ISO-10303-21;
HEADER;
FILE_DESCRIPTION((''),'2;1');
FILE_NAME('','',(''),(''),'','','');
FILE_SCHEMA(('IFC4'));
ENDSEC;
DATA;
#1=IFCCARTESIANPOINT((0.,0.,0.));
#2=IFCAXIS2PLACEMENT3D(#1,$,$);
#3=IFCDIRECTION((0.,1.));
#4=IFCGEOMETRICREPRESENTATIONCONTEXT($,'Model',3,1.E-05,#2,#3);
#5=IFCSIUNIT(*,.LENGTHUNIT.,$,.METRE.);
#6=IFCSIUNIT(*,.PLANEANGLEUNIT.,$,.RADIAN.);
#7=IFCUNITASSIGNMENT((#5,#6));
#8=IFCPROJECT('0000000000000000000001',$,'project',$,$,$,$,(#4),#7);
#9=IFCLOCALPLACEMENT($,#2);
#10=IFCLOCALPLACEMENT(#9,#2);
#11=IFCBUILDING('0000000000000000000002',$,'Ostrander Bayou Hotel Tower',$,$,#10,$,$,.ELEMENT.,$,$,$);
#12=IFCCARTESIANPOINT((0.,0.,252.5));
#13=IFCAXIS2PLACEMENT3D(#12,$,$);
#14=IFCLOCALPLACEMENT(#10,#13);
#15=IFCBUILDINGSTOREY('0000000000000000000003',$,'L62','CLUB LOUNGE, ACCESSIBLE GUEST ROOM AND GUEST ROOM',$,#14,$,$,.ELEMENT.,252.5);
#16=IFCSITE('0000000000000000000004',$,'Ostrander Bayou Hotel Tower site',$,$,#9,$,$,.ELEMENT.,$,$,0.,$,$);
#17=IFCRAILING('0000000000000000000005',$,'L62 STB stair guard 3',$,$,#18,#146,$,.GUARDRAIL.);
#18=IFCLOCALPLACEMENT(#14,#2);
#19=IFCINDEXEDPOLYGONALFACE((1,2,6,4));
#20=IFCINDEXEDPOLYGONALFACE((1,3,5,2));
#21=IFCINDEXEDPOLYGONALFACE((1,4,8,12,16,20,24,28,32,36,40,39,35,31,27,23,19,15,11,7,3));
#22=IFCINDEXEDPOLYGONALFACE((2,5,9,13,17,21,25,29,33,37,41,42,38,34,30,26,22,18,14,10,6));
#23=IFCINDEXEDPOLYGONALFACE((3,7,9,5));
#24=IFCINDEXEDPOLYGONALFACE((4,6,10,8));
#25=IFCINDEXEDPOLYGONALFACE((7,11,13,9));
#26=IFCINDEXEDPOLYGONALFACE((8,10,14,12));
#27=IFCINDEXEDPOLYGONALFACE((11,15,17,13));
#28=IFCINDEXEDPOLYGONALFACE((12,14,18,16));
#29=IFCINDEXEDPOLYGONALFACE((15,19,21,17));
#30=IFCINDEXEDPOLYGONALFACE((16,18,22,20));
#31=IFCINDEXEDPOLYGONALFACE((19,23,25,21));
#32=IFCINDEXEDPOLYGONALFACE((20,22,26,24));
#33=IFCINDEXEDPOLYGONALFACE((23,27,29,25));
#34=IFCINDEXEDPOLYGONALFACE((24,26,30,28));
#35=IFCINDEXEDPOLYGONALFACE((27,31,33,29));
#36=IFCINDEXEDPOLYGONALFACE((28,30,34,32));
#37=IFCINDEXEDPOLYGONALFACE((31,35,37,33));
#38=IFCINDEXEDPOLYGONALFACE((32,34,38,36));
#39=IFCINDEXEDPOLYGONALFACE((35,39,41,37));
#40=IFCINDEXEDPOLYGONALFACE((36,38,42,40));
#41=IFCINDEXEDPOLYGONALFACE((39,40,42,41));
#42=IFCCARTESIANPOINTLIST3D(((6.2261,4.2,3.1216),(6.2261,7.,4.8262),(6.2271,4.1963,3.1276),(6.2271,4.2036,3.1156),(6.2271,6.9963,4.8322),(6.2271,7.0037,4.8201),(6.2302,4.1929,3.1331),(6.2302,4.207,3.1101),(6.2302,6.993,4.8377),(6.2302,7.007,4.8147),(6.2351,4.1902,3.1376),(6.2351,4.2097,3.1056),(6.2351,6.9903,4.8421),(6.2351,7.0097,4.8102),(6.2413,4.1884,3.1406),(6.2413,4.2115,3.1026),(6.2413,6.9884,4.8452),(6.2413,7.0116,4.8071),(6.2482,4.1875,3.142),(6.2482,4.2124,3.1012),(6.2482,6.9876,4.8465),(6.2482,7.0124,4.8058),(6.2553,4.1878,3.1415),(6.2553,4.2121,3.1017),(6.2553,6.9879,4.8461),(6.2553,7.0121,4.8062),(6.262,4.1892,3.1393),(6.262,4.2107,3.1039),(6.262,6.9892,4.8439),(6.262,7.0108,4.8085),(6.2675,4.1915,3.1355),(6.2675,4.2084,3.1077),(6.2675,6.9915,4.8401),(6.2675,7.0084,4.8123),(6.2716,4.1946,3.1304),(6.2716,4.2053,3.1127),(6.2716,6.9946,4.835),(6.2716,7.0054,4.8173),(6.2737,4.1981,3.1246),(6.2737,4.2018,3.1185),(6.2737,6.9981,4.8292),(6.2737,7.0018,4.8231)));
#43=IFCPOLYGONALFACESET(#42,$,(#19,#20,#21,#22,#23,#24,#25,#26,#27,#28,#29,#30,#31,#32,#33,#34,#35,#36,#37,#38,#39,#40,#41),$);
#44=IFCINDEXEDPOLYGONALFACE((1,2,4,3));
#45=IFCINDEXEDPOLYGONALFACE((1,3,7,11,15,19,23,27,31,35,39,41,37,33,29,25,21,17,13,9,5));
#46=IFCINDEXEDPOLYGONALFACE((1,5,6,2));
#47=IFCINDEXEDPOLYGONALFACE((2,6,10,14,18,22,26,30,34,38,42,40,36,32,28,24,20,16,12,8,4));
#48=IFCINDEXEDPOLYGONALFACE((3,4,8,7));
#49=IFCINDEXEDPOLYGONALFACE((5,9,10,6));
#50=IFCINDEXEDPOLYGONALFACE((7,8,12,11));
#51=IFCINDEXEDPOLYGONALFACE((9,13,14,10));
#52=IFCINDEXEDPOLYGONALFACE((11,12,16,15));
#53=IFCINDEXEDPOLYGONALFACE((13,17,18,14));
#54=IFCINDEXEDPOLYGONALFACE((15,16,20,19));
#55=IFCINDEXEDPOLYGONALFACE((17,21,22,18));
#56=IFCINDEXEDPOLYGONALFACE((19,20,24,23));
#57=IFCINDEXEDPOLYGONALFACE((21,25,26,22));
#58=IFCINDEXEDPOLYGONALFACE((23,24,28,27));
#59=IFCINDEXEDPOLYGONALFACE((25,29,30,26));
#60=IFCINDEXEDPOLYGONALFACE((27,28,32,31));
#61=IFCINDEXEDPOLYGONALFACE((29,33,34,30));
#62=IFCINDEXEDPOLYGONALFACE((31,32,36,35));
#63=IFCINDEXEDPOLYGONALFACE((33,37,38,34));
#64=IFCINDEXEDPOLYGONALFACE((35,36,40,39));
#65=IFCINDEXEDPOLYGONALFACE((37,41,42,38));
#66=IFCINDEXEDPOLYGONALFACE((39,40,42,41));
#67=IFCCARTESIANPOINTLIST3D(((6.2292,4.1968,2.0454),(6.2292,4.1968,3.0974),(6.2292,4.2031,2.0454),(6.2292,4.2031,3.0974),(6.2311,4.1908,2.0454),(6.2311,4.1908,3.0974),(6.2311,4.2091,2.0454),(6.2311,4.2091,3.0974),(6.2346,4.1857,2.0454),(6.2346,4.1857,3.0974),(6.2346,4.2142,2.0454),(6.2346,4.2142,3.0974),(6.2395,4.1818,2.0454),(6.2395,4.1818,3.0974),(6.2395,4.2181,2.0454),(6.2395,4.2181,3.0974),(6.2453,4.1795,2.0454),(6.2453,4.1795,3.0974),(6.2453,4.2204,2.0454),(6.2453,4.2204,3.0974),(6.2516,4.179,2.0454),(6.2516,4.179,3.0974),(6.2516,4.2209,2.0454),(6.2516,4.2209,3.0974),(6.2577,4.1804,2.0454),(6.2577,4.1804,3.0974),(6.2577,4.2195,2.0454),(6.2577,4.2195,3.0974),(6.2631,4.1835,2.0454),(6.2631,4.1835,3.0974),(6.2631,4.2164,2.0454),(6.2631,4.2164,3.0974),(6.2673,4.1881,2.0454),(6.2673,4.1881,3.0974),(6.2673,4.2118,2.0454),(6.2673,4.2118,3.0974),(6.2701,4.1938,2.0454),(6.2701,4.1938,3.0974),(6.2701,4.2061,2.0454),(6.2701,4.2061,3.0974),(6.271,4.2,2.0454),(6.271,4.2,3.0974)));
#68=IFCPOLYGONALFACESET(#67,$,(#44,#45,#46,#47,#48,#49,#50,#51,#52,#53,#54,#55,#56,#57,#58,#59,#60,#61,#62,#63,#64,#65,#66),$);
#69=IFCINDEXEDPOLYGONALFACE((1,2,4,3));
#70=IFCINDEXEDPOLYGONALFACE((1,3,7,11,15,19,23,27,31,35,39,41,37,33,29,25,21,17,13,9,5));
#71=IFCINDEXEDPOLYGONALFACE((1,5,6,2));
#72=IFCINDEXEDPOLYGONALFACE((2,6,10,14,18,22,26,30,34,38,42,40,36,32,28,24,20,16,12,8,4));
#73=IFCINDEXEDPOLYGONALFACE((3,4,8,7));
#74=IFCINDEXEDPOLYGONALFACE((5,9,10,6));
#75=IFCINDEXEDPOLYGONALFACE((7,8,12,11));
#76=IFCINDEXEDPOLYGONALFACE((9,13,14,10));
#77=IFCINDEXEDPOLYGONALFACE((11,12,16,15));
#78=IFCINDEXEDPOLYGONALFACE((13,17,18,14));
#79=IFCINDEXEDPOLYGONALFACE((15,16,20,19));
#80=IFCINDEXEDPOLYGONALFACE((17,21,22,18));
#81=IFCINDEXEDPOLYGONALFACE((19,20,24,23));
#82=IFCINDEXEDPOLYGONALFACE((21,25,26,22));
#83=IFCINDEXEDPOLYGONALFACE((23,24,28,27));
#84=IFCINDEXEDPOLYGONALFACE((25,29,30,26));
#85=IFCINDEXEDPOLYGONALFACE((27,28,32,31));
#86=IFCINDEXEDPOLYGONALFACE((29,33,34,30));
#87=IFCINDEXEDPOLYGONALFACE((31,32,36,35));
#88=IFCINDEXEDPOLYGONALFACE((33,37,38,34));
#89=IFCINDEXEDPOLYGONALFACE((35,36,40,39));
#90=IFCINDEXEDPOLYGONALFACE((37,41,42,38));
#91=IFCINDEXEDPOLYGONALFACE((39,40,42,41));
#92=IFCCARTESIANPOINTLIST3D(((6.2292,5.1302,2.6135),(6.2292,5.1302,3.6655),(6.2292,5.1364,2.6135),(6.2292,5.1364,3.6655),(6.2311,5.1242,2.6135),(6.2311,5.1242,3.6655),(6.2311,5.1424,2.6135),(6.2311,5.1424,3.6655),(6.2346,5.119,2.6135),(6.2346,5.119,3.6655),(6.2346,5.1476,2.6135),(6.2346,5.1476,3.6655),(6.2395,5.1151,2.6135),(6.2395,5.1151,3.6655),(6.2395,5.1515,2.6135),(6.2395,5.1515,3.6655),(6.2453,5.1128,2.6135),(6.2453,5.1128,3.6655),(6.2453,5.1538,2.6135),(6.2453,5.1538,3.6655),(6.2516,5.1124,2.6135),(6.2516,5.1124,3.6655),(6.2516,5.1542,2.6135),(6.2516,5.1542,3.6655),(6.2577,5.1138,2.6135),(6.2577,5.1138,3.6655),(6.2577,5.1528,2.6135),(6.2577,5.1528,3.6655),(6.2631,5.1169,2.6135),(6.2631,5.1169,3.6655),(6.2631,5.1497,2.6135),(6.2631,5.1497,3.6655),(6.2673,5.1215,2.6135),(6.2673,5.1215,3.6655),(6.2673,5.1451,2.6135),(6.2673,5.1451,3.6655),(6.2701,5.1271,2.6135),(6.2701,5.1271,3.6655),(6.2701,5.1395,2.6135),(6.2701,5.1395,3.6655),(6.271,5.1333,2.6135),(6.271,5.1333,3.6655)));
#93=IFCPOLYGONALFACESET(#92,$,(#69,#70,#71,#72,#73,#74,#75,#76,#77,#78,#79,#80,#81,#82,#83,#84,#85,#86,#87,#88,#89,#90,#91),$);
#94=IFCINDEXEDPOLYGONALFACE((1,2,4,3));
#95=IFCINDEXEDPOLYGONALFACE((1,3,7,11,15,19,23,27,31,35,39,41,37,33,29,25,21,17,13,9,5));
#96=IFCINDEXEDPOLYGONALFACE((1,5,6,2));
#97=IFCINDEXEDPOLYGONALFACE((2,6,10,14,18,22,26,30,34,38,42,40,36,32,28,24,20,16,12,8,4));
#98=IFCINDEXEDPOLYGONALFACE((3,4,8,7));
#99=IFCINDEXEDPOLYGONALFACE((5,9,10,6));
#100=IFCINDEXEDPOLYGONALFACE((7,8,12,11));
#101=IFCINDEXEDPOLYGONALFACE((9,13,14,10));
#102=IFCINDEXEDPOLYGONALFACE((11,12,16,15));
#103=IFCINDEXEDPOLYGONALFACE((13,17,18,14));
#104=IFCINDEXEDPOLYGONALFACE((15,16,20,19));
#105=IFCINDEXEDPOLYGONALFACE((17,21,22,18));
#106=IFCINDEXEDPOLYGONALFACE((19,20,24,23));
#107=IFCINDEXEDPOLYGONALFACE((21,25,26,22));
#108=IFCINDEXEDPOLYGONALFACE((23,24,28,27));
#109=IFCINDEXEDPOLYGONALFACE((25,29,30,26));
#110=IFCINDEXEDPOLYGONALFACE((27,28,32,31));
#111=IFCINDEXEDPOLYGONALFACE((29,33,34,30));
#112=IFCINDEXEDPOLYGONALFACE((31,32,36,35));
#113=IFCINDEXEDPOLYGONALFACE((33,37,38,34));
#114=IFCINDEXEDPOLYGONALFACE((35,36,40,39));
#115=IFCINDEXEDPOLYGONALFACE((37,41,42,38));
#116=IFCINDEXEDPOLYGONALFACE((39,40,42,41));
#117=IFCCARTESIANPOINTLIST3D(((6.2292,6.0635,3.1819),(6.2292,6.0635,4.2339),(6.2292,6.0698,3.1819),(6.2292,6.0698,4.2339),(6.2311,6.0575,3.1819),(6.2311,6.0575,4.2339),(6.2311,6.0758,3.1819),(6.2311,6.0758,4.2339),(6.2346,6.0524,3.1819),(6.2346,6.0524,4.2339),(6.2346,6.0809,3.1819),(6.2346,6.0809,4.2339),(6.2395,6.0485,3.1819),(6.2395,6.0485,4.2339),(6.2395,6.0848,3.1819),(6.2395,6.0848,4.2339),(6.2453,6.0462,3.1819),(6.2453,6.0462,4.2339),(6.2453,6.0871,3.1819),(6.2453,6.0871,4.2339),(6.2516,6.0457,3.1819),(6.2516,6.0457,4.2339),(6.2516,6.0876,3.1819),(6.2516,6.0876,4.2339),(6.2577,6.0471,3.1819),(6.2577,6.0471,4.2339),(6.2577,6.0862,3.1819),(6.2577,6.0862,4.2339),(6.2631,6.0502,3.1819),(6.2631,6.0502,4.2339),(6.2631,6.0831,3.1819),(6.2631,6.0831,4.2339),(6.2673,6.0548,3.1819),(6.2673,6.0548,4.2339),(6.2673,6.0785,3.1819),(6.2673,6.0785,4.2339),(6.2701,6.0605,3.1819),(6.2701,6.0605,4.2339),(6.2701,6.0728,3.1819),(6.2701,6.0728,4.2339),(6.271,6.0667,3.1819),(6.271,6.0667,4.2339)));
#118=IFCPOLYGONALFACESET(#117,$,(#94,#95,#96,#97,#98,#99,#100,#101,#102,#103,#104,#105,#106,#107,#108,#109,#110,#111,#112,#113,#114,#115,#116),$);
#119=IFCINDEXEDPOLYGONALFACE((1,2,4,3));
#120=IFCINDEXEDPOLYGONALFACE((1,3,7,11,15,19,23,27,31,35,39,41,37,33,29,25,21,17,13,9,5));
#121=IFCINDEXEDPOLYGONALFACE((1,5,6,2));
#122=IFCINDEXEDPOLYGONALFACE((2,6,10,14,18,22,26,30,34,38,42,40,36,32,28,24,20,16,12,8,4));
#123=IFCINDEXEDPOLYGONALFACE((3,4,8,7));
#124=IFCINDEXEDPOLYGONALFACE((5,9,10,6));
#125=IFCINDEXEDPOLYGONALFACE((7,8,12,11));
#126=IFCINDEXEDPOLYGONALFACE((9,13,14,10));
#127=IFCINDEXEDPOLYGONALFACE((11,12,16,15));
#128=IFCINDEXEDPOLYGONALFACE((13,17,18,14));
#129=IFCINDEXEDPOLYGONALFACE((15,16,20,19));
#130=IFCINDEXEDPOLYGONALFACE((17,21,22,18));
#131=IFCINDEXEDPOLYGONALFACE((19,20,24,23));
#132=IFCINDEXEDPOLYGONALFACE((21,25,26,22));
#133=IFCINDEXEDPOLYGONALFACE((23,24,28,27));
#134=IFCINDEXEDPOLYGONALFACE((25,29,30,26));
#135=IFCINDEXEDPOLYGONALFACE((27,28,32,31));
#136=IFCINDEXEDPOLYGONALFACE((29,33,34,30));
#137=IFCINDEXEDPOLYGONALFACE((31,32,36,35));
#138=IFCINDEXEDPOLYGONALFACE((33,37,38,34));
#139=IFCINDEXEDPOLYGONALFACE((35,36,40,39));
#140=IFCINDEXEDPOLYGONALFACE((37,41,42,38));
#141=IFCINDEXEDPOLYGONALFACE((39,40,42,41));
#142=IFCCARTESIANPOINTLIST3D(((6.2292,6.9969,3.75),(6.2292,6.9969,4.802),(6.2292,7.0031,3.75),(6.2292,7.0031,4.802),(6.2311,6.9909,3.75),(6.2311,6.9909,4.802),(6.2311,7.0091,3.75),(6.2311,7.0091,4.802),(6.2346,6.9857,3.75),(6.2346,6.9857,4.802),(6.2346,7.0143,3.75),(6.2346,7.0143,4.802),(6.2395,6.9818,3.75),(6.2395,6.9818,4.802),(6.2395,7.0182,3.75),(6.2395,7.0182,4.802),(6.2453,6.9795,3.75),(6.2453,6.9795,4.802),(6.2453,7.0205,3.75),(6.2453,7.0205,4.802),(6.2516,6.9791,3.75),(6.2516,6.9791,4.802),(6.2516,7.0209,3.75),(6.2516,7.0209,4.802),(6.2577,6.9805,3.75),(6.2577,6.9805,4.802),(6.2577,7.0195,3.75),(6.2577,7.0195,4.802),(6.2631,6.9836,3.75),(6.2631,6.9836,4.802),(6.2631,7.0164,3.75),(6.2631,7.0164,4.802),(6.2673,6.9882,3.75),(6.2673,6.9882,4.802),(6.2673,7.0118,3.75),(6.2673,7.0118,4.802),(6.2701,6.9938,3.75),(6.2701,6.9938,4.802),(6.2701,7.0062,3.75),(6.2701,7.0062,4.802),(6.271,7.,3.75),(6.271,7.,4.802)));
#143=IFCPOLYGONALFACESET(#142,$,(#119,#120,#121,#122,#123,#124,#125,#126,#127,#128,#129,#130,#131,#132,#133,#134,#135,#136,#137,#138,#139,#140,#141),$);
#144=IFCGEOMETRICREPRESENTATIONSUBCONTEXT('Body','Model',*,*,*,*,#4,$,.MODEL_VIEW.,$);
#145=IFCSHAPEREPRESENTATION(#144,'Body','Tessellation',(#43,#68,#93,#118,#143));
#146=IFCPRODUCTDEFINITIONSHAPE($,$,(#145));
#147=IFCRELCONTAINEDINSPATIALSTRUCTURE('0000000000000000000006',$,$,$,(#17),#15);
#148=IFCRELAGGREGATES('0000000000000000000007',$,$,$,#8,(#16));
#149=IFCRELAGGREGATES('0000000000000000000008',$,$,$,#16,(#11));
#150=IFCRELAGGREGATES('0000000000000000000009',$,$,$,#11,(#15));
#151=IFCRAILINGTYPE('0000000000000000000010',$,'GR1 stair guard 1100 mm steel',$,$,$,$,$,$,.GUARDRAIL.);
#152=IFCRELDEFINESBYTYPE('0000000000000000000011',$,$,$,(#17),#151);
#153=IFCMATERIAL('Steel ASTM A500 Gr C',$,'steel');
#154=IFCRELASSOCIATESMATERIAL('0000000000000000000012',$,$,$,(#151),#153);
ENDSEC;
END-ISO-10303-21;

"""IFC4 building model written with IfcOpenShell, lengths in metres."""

from ifc_helpers import new_model, si_unit, direction, frame, origin, origin_2d, place, context, subcontext, project, spatial, circle, extrude, material, type_object, element, save


model = new_model("IFC4")

# Units and contexts
model_context = context("Model", 3, precision=1e-05, world=origin(), true_north=direction((0.0, 1.0)))
body_context = subcontext(model_context, "Body", "Model", "MODEL_VIEW")
ifc_project = project(units=[si_unit("LENGTHUNIT", "METRE"), si_unit("PLANEANGLEUNIT", "RADIAN")], contexts=[model_context])

# Site, building, storey
site_placement = place(None, origin())
site = spatial("IfcSite", under=ifc_project, at=site_placement, Name="Ostrander Bayou Hotel Tower site", CompositionType="ELEMENT", RefElevation=0.0)
building_placement = place(site_placement, origin())
building = spatial("IfcBuilding", under=site, at=building_placement, Name="Ostrander Bayou Hotel Tower", CompositionType="ELEMENT")
storey_placement = place(building_placement, frame((0.0, 0.0, 252.5)))
storey = spatial("IfcBuildingStorey", under=building, at=storey_placement, Name="L62", Description="CLUB LOUNGE, ACCESSIBLE GUEST ROOM AND GUEST ROOM", CompositionType="ELEMENT", Elevation=252.5)

# Railing
ifc_material_1 = material(Name="Steel ASTM A500 Gr C", Category="steel")
railing_type_1 = type_object("IfcRailingType", Name="GR1 stair guard 1100 mm steel", PredefinedType="GUARDRAIL", material=ifc_material_1)
railing_1_placement = place(storey_placement, frame((6.25, 4.2, 2.0454)))
element("IfcRailing", 1, at=railing_1_placement, inside=storey, type_object=railing_type_1, Name="L62 STB stair guard 3", PredefinedType="GUARDRAIL", context=body_context, shape_type="SweptSolid", body=[
    extrude(circle(Radius=0.0239, at=origin_2d()), frame((0.0, 0.0, 1.0762), z_axis=(0.0, 0.85417, 0.519994), x_axis=(-1.0, 0.0, 0.0)), (0.0, 0.0, 1.0), 3.2781),
    extrude(circle(Radius=0.021, at=origin_2d()), origin(), (0.0, 0.0, 1.0), 1.052),
    extrude(circle(Radius=0.021, at=origin_2d()), frame((0.0, 0.9333, 0.5681)), (0.0, 0.0, 1.0), 1.052),
    extrude(circle(Radius=0.021, at=origin_2d()), frame((0.0, 1.8667, 1.1365)), (0.0, 0.0, 1.0), 1.052),
    extrude(circle(Radius=0.021, at=origin_2d()), frame((0.0, 2.8, 1.7046)), (0.0, 0.0, 1.0), 1.052),
])

save(model, "model.ifc")
